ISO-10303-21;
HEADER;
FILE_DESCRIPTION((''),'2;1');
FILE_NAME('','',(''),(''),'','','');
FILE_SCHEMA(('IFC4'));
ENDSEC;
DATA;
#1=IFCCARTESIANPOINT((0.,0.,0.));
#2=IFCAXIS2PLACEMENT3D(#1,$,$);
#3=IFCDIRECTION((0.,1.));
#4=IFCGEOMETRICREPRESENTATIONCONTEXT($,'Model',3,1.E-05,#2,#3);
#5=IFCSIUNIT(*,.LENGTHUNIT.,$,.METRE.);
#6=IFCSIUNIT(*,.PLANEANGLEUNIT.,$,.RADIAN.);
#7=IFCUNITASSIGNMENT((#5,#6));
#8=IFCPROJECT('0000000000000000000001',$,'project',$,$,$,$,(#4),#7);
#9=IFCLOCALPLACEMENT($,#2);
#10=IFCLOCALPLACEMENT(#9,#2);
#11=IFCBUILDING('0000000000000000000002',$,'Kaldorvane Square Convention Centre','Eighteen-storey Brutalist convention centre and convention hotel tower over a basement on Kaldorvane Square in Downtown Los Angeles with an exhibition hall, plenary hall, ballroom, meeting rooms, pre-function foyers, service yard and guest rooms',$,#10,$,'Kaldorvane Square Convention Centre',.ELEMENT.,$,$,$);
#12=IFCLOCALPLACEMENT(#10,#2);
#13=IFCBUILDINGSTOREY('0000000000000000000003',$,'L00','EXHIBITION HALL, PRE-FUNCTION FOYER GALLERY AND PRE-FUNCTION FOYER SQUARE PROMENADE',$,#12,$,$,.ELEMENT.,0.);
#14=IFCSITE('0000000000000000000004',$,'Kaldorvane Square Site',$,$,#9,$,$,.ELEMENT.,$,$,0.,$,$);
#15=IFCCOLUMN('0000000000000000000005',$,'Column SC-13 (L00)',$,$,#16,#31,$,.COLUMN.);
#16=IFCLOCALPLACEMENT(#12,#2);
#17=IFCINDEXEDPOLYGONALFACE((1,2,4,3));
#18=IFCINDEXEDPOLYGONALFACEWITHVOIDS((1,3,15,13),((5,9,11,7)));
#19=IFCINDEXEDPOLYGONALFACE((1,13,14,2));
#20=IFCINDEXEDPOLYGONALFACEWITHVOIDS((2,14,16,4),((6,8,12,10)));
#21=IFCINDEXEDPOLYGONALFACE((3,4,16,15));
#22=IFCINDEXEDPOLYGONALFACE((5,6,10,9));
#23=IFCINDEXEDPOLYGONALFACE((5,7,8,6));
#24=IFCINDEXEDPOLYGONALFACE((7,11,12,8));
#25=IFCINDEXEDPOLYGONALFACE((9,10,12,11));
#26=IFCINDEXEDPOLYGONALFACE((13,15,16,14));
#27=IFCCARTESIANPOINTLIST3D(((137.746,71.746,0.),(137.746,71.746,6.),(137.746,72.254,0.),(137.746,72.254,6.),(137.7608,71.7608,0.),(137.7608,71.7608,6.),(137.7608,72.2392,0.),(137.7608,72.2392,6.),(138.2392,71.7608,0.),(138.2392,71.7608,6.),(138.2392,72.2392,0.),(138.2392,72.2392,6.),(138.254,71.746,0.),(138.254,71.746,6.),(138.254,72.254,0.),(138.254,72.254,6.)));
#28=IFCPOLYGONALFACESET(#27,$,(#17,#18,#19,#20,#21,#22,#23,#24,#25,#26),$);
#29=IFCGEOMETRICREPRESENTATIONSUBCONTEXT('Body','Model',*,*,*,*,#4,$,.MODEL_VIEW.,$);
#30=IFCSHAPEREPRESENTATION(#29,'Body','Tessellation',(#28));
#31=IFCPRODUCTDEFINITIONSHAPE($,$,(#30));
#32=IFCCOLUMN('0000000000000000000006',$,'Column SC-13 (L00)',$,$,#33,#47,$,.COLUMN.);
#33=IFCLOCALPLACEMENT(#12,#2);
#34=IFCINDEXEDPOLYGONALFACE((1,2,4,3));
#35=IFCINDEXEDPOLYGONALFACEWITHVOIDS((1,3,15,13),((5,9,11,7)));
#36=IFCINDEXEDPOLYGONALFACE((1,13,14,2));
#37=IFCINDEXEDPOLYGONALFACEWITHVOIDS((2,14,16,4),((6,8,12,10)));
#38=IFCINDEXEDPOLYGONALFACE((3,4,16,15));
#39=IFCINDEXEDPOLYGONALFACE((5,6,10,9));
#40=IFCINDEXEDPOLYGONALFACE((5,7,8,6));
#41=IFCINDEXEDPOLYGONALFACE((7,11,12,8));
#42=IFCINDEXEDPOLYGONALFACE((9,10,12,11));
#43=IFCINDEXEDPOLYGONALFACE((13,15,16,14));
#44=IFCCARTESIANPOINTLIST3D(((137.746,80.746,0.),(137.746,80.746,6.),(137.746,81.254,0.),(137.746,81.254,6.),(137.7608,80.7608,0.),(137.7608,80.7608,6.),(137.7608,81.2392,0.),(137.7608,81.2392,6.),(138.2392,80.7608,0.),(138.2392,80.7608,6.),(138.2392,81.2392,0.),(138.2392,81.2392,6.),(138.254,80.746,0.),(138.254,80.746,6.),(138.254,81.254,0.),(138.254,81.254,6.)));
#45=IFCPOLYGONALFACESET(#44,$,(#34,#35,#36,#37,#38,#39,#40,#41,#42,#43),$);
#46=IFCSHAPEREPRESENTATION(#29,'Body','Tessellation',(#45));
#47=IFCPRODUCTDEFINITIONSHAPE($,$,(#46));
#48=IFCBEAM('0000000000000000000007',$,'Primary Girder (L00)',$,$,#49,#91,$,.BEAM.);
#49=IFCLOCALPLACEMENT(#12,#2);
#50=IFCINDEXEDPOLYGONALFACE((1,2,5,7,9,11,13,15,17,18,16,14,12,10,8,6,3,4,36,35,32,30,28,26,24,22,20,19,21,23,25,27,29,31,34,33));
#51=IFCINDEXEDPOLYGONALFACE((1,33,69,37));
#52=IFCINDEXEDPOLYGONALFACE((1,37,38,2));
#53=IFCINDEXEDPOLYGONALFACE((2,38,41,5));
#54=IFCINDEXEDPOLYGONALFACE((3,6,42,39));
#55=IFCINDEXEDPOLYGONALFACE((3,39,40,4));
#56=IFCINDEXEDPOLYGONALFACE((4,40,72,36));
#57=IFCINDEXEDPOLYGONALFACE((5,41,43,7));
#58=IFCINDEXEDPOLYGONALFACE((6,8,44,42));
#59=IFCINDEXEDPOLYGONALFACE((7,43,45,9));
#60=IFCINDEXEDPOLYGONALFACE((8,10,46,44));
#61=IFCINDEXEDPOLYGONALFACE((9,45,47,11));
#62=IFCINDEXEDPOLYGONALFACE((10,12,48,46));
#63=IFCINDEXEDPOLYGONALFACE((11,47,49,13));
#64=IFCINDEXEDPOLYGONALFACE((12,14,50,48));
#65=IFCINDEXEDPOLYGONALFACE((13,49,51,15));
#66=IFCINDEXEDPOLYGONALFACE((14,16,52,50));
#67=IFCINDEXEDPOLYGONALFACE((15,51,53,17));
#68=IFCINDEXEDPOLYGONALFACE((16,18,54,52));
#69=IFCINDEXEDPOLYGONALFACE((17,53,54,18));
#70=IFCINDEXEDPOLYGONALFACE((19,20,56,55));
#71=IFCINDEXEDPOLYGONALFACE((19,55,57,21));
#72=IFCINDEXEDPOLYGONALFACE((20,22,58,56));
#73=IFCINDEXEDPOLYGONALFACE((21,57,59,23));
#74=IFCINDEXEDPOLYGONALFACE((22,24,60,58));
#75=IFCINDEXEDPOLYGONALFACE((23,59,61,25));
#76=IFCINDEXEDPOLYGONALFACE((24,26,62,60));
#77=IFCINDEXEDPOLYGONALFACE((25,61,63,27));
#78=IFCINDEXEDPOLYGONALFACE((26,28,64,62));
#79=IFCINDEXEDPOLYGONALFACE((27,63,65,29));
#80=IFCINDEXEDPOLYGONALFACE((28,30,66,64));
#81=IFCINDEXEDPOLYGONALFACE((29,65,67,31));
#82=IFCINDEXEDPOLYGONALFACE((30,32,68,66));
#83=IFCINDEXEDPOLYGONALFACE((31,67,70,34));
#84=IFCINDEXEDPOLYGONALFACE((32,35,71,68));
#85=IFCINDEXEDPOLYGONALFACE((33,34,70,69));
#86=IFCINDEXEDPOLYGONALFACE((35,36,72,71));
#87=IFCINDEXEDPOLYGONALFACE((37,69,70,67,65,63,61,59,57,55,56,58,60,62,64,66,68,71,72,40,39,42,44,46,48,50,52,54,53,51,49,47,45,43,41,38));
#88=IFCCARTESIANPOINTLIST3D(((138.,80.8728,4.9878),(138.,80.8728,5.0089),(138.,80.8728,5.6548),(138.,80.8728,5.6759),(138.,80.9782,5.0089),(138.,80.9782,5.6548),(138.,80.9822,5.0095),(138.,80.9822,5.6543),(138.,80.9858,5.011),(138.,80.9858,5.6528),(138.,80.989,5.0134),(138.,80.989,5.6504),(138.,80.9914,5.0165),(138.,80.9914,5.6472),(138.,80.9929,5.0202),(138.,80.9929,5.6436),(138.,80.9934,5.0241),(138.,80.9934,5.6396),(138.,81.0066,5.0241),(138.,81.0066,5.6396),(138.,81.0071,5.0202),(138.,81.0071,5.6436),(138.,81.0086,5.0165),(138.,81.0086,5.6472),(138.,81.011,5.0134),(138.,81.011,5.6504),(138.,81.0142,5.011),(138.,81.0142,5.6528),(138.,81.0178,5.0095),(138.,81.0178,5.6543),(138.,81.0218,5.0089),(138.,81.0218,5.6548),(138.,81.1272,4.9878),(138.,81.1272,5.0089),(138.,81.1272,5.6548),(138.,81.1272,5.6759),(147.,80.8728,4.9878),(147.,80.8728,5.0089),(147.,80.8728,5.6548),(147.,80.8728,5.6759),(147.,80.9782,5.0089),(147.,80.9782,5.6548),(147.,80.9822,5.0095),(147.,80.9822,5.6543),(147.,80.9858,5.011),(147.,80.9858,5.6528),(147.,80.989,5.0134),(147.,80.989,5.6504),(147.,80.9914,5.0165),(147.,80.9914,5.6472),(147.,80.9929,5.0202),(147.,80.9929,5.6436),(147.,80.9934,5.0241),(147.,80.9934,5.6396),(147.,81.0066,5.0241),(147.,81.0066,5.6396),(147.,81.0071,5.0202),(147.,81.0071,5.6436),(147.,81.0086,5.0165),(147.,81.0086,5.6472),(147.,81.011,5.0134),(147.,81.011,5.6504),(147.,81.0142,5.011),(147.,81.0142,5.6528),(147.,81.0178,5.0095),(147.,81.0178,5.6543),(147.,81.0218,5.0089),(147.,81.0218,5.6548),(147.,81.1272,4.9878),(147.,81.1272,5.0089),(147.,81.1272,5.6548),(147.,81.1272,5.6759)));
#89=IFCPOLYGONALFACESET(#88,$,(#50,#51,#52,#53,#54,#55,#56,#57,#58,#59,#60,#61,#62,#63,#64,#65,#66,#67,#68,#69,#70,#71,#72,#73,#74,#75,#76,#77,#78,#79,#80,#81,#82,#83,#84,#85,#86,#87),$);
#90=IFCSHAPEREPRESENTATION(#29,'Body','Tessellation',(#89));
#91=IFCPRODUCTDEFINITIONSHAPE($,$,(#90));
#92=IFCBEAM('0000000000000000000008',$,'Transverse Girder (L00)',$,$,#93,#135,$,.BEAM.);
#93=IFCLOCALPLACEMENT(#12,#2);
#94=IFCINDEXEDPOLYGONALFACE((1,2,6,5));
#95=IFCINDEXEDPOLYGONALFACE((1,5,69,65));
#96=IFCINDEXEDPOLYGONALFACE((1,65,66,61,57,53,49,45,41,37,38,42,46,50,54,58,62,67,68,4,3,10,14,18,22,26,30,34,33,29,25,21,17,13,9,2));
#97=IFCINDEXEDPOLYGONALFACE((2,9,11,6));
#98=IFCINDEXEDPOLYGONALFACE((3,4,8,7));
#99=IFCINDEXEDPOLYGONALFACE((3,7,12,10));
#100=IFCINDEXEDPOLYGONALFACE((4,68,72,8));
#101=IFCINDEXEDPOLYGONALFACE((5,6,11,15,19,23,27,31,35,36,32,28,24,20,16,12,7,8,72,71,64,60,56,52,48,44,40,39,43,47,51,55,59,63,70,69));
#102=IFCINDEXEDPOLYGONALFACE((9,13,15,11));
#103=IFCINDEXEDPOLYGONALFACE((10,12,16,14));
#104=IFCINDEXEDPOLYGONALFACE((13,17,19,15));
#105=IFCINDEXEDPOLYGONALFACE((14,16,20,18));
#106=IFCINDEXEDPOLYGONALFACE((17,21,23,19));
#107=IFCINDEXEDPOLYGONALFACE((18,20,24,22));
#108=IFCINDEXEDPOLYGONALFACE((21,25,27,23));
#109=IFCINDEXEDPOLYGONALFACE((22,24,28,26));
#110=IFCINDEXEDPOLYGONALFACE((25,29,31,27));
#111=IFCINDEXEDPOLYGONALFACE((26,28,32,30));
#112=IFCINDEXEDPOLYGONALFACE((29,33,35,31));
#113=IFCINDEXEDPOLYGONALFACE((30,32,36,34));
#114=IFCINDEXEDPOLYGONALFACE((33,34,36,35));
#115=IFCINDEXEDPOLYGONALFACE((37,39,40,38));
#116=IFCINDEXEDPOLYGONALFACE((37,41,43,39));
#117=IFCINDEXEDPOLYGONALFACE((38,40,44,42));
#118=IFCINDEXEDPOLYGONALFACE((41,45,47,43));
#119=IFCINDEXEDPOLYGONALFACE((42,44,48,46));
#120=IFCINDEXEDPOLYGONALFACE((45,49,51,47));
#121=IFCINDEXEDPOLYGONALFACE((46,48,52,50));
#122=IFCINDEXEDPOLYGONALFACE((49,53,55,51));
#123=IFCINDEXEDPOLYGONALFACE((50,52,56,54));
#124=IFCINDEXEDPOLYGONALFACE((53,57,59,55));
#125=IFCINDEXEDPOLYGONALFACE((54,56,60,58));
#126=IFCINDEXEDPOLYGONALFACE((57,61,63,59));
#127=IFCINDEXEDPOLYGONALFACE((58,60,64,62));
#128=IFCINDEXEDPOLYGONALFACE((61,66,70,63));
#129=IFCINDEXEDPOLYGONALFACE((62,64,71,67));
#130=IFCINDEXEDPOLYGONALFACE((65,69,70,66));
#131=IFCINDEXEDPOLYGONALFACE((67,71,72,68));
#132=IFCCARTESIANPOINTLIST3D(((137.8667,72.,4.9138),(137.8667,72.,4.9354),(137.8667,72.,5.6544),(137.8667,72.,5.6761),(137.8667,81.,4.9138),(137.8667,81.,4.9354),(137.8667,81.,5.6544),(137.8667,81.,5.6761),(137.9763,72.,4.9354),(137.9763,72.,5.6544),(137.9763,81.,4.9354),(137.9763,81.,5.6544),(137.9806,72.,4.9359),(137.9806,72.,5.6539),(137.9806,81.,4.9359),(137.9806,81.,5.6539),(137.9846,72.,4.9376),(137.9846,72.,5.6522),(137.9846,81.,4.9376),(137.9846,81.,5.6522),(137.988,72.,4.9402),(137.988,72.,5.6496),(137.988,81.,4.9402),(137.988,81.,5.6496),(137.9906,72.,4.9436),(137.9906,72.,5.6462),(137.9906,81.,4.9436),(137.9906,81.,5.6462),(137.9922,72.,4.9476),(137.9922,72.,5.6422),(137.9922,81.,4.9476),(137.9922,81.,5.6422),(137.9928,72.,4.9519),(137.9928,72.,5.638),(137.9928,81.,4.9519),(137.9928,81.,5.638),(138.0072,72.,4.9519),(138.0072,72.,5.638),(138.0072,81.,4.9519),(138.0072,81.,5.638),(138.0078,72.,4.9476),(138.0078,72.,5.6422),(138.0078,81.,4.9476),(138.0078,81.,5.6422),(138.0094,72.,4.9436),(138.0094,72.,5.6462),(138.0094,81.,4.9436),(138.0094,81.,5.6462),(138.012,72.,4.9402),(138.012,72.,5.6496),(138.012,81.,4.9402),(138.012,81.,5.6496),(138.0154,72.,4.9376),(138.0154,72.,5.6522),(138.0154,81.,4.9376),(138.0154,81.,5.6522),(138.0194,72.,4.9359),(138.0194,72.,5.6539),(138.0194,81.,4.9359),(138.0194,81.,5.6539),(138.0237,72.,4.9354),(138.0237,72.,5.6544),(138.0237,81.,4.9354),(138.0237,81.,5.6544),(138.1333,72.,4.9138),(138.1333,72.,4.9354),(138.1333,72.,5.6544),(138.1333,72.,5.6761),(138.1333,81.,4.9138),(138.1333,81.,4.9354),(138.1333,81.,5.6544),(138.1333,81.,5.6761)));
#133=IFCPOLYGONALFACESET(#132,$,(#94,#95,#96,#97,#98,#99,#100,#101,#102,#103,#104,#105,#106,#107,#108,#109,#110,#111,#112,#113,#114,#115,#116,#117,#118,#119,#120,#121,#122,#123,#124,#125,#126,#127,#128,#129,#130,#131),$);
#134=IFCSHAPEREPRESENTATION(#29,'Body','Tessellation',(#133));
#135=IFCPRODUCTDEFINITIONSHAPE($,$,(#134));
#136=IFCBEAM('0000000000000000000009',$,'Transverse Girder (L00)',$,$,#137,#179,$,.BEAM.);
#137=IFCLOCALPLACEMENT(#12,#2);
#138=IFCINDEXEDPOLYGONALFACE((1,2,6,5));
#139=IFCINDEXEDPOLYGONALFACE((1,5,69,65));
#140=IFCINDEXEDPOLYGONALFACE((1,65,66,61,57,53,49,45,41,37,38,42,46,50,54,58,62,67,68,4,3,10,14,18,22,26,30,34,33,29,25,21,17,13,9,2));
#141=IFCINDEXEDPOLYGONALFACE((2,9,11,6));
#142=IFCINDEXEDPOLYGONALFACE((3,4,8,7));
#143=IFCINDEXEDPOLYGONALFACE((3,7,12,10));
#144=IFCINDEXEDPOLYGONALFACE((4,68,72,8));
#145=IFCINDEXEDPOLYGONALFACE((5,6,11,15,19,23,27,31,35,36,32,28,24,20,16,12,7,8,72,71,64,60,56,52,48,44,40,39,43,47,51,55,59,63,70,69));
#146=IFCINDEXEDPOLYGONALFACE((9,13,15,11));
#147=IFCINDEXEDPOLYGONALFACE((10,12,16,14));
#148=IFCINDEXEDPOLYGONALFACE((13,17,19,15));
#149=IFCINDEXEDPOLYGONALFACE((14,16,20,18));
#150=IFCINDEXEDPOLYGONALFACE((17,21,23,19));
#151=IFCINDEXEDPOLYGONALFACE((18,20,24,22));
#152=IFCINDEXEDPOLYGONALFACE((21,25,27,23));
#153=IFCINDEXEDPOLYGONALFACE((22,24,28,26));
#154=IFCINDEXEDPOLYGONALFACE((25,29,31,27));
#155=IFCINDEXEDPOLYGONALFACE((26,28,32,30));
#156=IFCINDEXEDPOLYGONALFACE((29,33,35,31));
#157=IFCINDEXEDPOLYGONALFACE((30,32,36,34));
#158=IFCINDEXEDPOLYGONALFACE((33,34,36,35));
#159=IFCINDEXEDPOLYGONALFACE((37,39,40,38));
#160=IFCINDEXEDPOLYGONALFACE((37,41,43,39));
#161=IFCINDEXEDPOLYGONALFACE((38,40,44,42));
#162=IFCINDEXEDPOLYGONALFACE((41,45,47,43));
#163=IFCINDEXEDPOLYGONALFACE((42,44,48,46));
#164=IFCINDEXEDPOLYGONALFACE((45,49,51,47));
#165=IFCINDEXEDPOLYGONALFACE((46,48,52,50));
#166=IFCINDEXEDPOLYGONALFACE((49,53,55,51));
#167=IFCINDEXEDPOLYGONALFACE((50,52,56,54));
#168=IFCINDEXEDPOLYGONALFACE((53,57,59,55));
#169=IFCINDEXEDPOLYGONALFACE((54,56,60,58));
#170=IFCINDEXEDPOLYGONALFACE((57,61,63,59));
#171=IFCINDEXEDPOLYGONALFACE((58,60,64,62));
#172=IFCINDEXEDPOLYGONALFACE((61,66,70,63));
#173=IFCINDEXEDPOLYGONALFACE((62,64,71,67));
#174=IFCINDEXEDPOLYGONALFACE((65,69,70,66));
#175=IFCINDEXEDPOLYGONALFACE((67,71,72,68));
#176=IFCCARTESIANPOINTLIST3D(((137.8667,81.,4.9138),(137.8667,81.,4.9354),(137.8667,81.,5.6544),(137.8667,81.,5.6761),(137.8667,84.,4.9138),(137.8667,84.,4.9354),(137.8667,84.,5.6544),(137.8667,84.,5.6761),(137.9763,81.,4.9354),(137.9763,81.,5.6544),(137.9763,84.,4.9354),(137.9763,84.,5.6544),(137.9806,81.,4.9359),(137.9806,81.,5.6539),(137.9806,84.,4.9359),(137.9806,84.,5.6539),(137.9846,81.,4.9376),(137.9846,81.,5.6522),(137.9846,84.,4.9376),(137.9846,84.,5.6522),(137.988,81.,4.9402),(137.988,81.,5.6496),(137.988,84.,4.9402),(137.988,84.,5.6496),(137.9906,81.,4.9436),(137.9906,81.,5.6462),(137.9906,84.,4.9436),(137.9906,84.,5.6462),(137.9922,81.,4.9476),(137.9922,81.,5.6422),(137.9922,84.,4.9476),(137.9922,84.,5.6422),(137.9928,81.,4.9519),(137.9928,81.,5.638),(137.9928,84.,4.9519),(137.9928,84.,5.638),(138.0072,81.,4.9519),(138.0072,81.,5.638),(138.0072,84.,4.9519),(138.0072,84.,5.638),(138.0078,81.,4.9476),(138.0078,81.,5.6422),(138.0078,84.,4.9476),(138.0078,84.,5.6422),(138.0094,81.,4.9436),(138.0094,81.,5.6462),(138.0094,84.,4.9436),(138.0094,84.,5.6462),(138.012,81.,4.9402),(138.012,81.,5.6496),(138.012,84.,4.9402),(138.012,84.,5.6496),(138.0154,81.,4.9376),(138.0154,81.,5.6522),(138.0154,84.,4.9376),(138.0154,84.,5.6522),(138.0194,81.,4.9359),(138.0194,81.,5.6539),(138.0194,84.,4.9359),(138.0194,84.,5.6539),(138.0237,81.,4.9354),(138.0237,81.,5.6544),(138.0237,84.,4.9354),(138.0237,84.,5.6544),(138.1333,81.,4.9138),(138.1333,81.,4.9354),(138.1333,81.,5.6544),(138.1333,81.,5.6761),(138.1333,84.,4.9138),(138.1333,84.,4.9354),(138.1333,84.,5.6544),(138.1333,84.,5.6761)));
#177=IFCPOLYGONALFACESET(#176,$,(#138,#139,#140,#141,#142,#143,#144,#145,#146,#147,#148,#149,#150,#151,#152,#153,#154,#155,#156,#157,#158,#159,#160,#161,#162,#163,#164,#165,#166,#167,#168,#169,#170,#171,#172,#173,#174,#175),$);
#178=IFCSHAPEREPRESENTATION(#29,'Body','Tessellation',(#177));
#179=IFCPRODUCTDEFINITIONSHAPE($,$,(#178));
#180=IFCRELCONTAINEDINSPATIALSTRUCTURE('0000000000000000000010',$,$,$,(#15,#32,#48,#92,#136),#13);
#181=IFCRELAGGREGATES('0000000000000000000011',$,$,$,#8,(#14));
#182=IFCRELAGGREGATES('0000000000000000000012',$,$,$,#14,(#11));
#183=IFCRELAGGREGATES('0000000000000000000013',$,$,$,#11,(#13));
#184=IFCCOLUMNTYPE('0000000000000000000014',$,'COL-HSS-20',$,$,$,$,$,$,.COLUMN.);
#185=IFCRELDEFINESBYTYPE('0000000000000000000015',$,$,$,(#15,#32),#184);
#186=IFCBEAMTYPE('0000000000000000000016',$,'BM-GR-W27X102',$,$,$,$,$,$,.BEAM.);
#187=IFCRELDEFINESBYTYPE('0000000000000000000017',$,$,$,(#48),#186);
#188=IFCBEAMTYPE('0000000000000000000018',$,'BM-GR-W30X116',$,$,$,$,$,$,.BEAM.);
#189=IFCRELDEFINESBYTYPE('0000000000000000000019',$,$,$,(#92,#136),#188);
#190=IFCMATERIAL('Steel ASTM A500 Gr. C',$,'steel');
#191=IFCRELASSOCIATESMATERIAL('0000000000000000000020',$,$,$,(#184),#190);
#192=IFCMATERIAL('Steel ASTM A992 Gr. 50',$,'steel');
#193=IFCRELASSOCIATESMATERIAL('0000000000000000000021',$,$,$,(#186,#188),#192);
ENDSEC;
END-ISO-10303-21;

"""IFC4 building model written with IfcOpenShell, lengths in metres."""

from ifc_helpers import new_model, si_unit, direction, frame, origin, origin_2d, place, context, subcontext, project, spatial, hollow_rectangle, i_section, extrude, material, material_profile, profile_set, type_object, element, save


model = new_model("IFC4")

# Units and contexts
model_context = context("Model", 3, precision=1e-05, world=origin(), true_north=direction((0.0, 1.0)))
body_context = subcontext(model_context, "Body", "Model", "MODEL_VIEW")
ifc_project = project(units=[si_unit("LENGTHUNIT", "METRE"), si_unit("PLANEANGLEUNIT", "RADIAN")], contexts=[model_context])

# Site, building, storey
site_placement = place(None, origin())
site = spatial("IfcSite", under=ifc_project, at=site_placement, Name="Kaldorvane Square Site", CompositionType="ELEMENT", RefElevation=0.0)
building_placement = place(site_placement, origin())
building = spatial("IfcBuilding", under=site, at=building_placement, Name="Kaldorvane Square Convention Centre", Description="Eighteen-storey Brutalist convention centre and convention hotel tower over a basement on Kaldorvane Square in Downtown Los Angeles with an exhibition hall, plenary hall, ballroom, meeting rooms, pre-function foyers, service yard and guest rooms", LongName="Kaldorvane Square Convention Centre", CompositionType="ELEMENT")
storey_placement = place(building_placement, origin())
storey = spatial("IfcBuildingStorey", under=building, at=storey_placement, Name="L00", Description="EXHIBITION HALL, PRE-FUNCTION FOYER GALLERY AND PRE-FUNCTION FOYER SQUARE PROMENADE", CompositionType="ELEMENT", Elevation=0.0)

# Columns
ifc_material_1 = material(Name="Steel ASTM A500 Gr. C", Category="steel")
ifc_material_profile_1 = material_profile(ifc_material_1, hollow_rectangle(XDim=0.508, YDim=0.508, WallThickness=0.0148, at=origin_2d()), Name="HSS20X20X5/8")
ifc_profile_set_1 = profile_set([ifc_material_profile_1], Name="Steel ASTM A500 Gr. C")
column_type = type_object("IfcColumnType", Name="COL-HSS-20", PredefinedType="COLUMN", material=ifc_profile_set_1)
for number, where, z_axis, x_axis, name in (
    (1, (138.0, 72.0, 0.0), (0.0, 0.0, 1.0), (1.0, 0.0, 0.0), "Column SC-13 (L00)"),
    (2, (138.0, 81.0, 0.0), (0.0, 0.0, 1.0), (1.0, 0.0, 0.0), "Column SC-13 (L00)"),
):
    element("IfcColumn", number, at=place(storey_placement, frame(where, z_axis=z_axis, x_axis=x_axis)), inside=storey, type_object=column_type, Name=name, PredefinedType="COLUMN", context=body_context, shape_type="SweptSolid", body=[
        extrude(hollow_rectangle(XDim=0.508, YDim=0.508, WallThickness=0.0148, at=origin_2d()), origin(), (0.0, 0.0, 1.0), 6.0),
    ])

# Beams
ifc_material_2 = material(Name="Steel ASTM A992 Gr. 50", Category="steel")
ifc_material_profile_2 = material_profile(ifc_material_2, i_section(OverallWidth=0.2544, OverallDepth=0.6881, WebThickness=0.0131, FlangeThickness=0.0211, FilletRadius=0.0152, at=origin_2d()), Name="W27X102")
ifc_profile_set_2 = profile_set([ifc_material_profile_2], Name="Steel ASTM A992 Gr. 50")
beam_type_1 = type_object("IfcBeamType", Name="BM-GR-W27X102", PredefinedType="BEAM", material=ifc_profile_set_2)
beam_1_placement = place(storey_placement, frame((138.0, 81.0, 5.3319), z_axis=(1.0, 0.0, 0.0), x_axis=(0.0, 1.0, 0.0)))
element("IfcBeam", 3, at=beam_1_placement, inside=storey, type_object=beam_type_1, Name="Primary Girder (L00)", PredefinedType="BEAM", context=body_context, shape_type="SweptSolid", body=[
    extrude(i_section(OverallWidth=0.2544, OverallDepth=0.6881, WebThickness=0.0131, FlangeThickness=0.0211, FilletRadius=0.0152, at=origin_2d()), origin(), (0.0, 0.0, 1.0), 9.0),
])
ifc_material_profile_3 = material_profile(ifc_material_2, i_section(OverallWidth=0.2666, OverallDepth=0.7623, WebThickness=0.0144, FlangeThickness=0.0216, FilletRadius=0.0165, at=origin_2d()), Name="W30X116")
ifc_profile_set_3 = profile_set([ifc_material_profile_3], Name="Steel ASTM A992 Gr. 50")
beam_type_2 = type_object("IfcBeamType", Name="BM-GR-W30X116", PredefinedType="BEAM", material=ifc_profile_set_3)
beam_2_placement = place(storey_placement, frame((138.0, 72.0, 5.2949), z_axis=(0.0, 1.0, 0.0), x_axis=(-1.0, 0.0, 0.0)))
element("IfcBeam", 4, at=beam_2_placement, inside=storey, type_object=beam_type_2, Name="Transverse Girder (L00)", PredefinedType="BEAM", context=body_context, shape_type="SweptSolid", body=[
    extrude(i_section(OverallWidth=0.2666, OverallDepth=0.7623, WebThickness=0.0144, FlangeThickness=0.0216, FilletRadius=0.0165, at=origin_2d()), origin(), (0.0, 0.0, 1.0), 9.0),
])
beam_3_placement = place(storey_placement, frame((138.0, 81.0, 5.2949), z_axis=(0.0, 1.0, 0.0), x_axis=(-1.0, 0.0, 0.0)))
element("IfcBeam", 5, at=beam_3_placement, inside=storey, type_object=beam_type_2, Name="Transverse Girder (L00)", PredefinedType="BEAM", context=body_context, shape_type="SweptSolid", body=[
    extrude(i_section(OverallWidth=0.2666, OverallDepth=0.7623, WebThickness=0.0144, FlangeThickness=0.0216, FilletRadius=0.0165, at=origin_2d()), origin(), (0.0, 0.0, 1.0), 3.0),
])

save(model, "model.ifc")
